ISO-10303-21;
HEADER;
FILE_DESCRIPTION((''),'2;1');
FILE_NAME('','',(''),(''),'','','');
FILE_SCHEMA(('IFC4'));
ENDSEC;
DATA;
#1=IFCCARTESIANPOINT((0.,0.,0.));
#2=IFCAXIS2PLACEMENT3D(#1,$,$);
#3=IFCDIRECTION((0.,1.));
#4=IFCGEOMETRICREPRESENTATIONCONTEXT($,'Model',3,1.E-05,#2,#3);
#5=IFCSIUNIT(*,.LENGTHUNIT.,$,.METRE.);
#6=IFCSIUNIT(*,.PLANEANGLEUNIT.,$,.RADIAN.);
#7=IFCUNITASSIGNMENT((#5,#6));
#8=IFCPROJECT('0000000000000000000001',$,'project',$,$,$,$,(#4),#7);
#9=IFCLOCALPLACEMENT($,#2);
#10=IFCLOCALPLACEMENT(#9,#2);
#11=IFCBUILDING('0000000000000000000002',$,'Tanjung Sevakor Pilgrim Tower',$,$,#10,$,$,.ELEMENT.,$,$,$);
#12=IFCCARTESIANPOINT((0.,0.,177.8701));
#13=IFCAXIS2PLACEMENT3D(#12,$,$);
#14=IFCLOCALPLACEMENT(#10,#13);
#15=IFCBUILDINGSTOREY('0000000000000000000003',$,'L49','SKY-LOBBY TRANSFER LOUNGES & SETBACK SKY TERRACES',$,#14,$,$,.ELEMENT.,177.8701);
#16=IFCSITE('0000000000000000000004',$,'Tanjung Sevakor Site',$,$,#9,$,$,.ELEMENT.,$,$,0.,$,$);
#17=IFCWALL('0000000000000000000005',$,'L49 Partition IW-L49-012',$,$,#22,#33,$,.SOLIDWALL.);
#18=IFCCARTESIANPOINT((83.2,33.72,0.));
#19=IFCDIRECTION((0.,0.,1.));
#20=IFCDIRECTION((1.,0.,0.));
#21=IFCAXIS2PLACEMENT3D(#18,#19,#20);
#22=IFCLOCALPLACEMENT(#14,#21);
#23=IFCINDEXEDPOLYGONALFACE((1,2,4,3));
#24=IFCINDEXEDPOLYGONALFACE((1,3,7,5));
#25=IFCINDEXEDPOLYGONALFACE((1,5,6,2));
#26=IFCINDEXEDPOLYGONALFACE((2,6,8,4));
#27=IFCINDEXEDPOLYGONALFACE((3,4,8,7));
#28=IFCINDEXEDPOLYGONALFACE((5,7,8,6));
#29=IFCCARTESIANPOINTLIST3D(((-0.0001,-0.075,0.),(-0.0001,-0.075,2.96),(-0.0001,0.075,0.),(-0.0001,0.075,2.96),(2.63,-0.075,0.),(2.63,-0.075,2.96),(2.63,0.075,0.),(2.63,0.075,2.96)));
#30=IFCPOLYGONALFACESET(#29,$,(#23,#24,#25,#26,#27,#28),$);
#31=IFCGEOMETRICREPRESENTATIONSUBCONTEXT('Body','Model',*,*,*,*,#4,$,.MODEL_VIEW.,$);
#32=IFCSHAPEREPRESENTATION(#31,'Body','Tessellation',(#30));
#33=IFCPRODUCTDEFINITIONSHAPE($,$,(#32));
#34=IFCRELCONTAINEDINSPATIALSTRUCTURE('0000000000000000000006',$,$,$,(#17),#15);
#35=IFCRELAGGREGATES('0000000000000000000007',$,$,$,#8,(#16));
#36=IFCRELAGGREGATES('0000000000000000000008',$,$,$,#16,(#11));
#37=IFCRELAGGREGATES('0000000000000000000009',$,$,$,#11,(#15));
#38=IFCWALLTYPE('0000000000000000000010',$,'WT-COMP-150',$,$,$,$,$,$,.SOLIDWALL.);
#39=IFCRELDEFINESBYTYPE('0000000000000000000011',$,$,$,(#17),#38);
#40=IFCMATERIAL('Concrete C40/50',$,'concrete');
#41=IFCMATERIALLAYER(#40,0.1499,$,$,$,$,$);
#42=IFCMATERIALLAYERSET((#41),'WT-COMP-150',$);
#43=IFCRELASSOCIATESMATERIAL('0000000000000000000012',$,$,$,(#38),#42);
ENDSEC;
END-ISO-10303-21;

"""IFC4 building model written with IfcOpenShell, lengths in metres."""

from ifc_helpers import new_model, si_unit, direction, frame, frame_2d, origin, place, context, subcontext, project, spatial, rectangle, extrude, material, layer, layer_set, type_object, element, save


model = new_model("IFC4")

# Units and contexts
model_context = context("Model", 3, precision=1e-05, world=origin(), true_north=direction((0.0, 1.0)))
body_context = subcontext(model_context, "Body", "Model", "MODEL_VIEW")
ifc_project = project(units=[si_unit("LENGTHUNIT", "METRE"), si_unit("PLANEANGLEUNIT", "RADIAN")], contexts=[model_context])

# Site, building, storey
site_placement = place(None, origin())
site = spatial("IfcSite", under=ifc_project, at=site_placement, Name="Tanjung Sevakor Site", CompositionType="ELEMENT", RefElevation=0.0)
building_placement = place(site_placement, origin())
building = spatial("IfcBuilding", under=site, at=building_placement, Name="Tanjung Sevakor Pilgrim Tower", CompositionType="ELEMENT")
storey_placement = place(building_placement, frame((0.0, 0.0, 177.8701)))
storey = spatial("IfcBuildingStorey", under=building, at=storey_placement, Name="L49", Description="SKY-LOBBY TRANSFER LOUNGES & SETBACK SKY TERRACES", CompositionType="ELEMENT", Elevation=177.8701)

# Wall
ifc_material_1 = material(Name="Concrete C40/50", Category="concrete")
ifc_layer_1 = layer(ifc_material_1, 0.1499)
ifc_layer_set_1 = layer_set([ifc_layer_1], Name="WT-COMP-150")
wall_type_1 = type_object("IfcWallType", Name="WT-COMP-150", PredefinedType="SOLIDWALL", material=ifc_layer_set_1)
wall_1_placement = place(storey_placement, frame((83.2, 33.72, 0.0), z_axis=(0.0, 0.0, 1.0), x_axis=(1.0, 0.0, 0.0)))
element("IfcWall", 1, at=wall_1_placement, inside=storey, type_object=wall_type_1, Name="L49 Partition IW-L49-012", PredefinedType="SOLIDWALL", context=body_context, shape_type="SweptSolid", body=[
    extrude(rectangle(XDim=2.6301, YDim=0.1499, at=frame_2d((1.3149, 0.0))), origin(), (0.0, 0.0, 1.0), 2.96),
])

save(model, "model.ifc")
